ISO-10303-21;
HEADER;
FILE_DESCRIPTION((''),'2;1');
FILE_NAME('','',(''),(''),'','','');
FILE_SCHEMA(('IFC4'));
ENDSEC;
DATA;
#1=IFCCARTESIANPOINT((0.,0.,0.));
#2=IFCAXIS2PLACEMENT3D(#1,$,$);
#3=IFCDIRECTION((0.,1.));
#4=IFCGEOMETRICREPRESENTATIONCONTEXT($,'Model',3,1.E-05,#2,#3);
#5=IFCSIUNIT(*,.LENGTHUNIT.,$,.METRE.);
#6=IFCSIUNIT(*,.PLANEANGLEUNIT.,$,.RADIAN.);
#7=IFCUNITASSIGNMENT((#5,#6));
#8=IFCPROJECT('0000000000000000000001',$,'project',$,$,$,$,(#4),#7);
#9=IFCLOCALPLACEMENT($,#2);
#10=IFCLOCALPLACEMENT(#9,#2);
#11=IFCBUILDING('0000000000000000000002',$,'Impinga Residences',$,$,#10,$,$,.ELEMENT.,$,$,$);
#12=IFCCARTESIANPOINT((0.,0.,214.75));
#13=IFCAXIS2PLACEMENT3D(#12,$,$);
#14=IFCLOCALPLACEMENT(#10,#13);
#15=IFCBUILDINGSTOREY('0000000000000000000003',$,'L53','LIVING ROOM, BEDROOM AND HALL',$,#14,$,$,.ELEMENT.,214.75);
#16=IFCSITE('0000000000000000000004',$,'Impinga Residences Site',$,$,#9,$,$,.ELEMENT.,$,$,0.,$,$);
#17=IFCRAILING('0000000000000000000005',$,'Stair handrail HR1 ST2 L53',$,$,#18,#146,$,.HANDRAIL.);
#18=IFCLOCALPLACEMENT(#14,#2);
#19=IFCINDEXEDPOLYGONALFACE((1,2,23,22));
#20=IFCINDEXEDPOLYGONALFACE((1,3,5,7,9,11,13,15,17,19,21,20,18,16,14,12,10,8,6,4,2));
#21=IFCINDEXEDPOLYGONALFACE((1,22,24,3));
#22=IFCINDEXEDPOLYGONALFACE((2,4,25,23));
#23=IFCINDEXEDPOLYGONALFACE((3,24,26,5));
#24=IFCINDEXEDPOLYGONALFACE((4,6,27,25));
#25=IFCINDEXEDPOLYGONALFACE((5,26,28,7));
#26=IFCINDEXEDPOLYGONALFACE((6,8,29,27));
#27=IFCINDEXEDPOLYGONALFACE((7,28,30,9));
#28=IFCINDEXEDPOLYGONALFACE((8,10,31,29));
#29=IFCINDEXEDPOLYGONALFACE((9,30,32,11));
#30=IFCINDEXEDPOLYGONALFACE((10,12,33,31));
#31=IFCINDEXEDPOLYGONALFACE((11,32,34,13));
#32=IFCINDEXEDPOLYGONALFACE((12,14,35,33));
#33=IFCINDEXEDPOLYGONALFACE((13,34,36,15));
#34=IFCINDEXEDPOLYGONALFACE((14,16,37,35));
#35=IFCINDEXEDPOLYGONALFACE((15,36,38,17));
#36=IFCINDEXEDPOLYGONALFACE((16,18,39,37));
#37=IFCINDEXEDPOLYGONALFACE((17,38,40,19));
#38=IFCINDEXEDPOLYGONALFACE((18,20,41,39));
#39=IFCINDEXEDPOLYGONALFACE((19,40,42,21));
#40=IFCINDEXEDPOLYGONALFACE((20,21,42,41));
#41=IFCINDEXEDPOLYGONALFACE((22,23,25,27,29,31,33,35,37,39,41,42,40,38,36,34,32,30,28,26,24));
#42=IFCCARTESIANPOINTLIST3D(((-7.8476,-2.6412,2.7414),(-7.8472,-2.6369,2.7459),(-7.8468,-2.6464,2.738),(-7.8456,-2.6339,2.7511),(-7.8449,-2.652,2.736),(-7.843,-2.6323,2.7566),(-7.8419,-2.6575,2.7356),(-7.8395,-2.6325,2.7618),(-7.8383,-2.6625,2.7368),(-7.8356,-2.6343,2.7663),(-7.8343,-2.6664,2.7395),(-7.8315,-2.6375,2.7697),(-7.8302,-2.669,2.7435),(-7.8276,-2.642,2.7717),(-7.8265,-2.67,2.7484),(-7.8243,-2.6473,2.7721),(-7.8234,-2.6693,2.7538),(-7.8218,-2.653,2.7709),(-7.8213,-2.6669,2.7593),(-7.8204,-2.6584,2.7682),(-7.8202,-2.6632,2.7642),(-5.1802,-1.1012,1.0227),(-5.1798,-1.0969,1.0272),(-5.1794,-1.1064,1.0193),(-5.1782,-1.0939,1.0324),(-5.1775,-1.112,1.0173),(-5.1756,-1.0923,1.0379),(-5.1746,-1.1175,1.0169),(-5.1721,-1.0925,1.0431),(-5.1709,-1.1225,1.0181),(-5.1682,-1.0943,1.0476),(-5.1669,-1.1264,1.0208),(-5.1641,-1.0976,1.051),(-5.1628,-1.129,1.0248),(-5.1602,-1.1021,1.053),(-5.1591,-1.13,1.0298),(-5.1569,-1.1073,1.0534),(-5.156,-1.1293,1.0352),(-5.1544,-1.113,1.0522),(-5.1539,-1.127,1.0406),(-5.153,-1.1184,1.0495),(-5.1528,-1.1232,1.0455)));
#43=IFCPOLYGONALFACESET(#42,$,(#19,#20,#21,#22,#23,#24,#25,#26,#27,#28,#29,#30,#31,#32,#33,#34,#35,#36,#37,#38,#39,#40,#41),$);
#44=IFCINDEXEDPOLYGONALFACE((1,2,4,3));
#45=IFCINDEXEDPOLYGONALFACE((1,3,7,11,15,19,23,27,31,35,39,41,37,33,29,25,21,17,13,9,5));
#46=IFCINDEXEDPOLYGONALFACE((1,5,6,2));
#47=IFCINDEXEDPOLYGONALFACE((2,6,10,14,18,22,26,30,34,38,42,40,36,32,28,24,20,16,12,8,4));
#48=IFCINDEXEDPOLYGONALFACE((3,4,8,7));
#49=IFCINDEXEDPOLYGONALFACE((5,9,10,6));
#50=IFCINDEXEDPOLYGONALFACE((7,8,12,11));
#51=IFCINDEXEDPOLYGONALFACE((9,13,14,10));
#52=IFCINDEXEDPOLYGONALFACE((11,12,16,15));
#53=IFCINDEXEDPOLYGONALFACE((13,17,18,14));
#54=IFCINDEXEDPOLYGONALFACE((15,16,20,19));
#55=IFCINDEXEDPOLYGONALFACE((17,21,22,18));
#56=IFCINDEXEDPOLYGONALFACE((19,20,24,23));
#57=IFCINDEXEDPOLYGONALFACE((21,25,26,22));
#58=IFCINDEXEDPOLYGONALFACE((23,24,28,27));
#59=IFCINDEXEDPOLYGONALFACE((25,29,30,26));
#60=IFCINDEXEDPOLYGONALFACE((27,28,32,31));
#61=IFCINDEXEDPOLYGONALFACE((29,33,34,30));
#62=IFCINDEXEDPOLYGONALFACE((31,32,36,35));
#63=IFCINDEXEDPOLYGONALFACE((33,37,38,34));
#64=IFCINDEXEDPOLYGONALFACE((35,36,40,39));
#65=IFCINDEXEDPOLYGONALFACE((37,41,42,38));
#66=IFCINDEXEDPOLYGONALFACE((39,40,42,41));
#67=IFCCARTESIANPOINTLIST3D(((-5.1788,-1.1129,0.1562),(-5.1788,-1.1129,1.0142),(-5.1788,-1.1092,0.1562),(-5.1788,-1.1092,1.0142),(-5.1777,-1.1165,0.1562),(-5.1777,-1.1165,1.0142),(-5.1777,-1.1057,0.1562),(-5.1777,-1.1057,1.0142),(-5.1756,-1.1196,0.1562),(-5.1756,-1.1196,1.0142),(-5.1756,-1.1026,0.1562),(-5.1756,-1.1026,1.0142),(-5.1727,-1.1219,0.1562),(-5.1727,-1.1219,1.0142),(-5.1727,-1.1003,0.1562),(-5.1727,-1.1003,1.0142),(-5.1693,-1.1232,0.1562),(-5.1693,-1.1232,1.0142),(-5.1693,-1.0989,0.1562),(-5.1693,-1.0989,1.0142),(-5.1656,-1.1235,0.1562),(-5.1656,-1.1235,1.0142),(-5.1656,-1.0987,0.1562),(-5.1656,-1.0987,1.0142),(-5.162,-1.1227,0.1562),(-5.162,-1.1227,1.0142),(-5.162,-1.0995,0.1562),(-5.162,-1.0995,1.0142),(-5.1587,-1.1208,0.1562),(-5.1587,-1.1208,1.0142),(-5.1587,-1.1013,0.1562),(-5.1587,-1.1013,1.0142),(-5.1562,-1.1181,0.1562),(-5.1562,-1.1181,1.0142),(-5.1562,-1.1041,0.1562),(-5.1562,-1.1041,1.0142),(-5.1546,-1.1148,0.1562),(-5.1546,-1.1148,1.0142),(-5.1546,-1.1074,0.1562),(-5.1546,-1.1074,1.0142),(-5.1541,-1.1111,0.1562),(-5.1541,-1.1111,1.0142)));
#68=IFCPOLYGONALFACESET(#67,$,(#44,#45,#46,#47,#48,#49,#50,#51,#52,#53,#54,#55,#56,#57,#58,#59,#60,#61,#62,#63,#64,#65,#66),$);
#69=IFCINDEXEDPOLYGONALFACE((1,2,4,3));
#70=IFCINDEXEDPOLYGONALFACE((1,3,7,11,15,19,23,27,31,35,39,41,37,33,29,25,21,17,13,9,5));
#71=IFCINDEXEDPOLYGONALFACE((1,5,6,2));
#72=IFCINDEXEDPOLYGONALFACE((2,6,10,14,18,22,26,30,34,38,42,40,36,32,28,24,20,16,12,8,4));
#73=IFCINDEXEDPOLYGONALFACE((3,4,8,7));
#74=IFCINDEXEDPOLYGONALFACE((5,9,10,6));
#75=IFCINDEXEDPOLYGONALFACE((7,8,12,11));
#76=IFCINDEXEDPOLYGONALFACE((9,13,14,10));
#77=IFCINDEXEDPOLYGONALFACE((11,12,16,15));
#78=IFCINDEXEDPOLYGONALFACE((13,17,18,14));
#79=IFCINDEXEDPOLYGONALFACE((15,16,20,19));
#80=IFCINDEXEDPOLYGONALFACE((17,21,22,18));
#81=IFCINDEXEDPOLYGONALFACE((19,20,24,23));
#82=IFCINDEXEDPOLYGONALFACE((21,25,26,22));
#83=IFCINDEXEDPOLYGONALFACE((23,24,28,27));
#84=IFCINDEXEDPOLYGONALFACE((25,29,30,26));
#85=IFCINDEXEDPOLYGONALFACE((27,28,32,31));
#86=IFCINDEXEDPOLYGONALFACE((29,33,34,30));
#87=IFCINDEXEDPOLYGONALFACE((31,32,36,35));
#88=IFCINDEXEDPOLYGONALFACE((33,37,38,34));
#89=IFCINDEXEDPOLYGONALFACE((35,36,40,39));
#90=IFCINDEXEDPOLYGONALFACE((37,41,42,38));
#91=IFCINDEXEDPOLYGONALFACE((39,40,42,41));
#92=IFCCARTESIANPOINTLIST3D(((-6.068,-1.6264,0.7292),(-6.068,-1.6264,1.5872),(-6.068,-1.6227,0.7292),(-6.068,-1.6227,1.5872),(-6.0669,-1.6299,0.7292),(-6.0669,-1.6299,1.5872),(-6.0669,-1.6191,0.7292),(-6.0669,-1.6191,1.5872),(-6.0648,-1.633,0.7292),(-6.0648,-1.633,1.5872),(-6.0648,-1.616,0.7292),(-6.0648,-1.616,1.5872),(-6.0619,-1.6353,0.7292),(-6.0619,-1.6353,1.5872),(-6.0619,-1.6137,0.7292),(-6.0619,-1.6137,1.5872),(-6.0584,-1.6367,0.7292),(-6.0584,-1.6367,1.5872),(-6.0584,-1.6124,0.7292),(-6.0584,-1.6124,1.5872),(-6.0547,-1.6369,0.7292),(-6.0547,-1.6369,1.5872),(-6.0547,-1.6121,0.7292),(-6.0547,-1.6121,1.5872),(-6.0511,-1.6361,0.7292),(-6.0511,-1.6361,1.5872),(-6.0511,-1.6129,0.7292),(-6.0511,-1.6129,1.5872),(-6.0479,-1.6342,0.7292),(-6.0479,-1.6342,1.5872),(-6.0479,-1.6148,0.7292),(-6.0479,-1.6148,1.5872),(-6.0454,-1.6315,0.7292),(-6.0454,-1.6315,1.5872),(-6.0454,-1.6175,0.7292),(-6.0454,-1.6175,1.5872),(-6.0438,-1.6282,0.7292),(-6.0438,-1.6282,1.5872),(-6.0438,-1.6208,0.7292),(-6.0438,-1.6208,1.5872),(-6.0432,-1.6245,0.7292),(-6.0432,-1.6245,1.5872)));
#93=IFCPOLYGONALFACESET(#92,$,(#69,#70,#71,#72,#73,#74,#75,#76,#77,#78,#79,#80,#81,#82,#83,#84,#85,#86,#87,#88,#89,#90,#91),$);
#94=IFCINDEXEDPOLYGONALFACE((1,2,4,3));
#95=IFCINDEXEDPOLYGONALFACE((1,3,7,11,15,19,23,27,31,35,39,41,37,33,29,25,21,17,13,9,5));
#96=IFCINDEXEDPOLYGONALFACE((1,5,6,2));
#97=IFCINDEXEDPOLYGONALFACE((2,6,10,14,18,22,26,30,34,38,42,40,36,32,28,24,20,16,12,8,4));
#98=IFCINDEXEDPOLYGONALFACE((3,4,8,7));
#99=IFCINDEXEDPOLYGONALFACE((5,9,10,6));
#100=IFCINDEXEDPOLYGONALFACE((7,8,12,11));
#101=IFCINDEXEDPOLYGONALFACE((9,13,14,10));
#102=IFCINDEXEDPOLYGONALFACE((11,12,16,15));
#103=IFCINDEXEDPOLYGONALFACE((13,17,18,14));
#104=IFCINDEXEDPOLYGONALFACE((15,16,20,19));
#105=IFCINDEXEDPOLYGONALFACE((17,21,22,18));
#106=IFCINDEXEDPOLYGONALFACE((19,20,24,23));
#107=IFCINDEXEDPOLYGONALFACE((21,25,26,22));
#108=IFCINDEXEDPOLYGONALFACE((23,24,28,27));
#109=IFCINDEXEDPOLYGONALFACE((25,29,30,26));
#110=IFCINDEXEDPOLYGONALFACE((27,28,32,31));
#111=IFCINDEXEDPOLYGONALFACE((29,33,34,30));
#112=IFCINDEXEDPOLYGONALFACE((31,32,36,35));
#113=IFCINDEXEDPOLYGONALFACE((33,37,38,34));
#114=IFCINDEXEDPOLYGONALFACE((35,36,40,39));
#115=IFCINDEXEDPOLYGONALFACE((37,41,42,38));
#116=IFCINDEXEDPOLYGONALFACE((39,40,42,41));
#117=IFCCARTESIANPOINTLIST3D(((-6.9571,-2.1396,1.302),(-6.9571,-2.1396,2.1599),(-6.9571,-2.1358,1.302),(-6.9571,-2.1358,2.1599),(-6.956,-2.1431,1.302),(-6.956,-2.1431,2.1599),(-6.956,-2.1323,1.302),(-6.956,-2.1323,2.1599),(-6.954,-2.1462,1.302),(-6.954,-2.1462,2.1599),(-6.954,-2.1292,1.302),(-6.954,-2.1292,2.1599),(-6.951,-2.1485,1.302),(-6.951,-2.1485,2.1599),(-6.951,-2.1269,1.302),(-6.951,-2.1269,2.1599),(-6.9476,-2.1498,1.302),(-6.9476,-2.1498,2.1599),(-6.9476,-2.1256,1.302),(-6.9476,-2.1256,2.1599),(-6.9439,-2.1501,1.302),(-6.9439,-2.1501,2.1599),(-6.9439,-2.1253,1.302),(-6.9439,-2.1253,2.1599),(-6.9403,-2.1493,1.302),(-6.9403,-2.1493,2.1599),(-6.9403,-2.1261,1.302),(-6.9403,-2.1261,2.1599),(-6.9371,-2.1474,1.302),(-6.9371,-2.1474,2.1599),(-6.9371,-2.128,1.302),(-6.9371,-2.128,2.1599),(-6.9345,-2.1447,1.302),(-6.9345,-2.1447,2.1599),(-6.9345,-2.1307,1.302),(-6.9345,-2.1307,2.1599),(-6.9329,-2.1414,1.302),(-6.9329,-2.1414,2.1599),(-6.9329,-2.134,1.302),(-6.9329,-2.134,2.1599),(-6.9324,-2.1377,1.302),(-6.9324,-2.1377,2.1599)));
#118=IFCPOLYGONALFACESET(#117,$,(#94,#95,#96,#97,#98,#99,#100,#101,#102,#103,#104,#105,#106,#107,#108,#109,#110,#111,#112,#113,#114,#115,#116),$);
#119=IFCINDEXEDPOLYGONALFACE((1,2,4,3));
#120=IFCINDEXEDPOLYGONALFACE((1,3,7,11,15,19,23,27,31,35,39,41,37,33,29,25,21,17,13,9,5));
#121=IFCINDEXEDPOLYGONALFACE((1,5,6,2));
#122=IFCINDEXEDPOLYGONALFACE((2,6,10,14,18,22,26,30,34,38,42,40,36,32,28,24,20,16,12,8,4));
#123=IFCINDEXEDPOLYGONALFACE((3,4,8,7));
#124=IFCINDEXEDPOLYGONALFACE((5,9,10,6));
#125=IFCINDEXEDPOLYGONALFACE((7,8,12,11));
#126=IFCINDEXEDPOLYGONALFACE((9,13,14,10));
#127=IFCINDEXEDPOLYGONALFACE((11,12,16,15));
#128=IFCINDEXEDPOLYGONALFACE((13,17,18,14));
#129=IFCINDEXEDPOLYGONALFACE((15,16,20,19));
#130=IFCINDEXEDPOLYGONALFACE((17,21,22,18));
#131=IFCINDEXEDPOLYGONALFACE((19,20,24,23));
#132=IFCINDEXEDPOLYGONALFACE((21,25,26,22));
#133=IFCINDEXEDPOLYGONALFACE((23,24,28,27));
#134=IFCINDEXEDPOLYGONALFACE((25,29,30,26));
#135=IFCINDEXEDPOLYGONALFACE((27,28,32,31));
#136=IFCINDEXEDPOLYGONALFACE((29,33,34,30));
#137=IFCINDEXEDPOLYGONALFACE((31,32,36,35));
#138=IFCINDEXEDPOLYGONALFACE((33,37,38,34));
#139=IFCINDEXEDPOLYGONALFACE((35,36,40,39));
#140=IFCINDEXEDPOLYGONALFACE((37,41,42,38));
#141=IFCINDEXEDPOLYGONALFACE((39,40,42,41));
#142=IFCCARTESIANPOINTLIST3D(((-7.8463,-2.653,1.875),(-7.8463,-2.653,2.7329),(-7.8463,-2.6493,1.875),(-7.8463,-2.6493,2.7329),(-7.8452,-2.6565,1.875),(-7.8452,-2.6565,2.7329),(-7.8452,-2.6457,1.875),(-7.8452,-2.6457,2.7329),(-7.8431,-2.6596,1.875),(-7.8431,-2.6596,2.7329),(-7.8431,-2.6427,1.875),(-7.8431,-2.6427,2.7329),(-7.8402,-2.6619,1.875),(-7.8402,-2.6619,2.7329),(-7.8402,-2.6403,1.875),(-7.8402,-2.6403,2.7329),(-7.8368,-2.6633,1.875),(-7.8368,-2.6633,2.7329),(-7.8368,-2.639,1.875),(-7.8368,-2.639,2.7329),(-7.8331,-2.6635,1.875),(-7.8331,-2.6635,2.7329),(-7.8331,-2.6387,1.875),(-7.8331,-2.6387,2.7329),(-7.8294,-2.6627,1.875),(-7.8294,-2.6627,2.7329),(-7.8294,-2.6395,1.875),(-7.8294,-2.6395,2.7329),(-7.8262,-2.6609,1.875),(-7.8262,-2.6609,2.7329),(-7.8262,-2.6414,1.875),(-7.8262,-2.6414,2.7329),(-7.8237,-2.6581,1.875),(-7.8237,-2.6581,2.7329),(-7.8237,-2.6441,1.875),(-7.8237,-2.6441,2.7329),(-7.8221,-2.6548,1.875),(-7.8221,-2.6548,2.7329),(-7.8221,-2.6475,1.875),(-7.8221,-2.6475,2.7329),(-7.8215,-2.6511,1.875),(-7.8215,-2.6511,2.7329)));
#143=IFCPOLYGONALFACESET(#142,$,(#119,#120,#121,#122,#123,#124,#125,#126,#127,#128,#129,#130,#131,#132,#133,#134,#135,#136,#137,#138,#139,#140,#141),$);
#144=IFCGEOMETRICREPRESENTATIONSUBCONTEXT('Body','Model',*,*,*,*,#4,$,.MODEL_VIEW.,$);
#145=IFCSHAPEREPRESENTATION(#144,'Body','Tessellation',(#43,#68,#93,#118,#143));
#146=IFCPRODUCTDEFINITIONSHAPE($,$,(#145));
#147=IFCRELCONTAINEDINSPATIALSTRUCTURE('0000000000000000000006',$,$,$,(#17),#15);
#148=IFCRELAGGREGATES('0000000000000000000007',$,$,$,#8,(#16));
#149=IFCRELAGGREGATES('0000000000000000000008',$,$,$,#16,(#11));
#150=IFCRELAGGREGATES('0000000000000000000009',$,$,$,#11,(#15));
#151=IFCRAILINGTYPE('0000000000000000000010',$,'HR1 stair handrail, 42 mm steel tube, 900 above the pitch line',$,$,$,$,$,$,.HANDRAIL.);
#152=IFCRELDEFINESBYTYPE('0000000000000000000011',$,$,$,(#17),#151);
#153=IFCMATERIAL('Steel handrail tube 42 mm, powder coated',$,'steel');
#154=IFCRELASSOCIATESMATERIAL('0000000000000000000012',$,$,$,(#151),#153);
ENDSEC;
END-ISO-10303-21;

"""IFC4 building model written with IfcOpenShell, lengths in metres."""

from ifc_helpers import new_model, si_unit, direction, frame, origin, origin_2d, place, context, subcontext, project, spatial, circle, extrude, material, type_object, element, save


model = new_model("IFC4")

# Units and contexts
model_context = context("Model", 3, precision=1e-05, world=origin(), true_north=direction((0.0, 1.0)))
body_context = subcontext(model_context, "Body", "Model", "MODEL_VIEW")
ifc_project = project(units=[si_unit("LENGTHUNIT", "METRE"), si_unit("PLANEANGLEUNIT", "RADIAN")], contexts=[model_context])

# Site, building, storey
site_placement = place(None, origin())
site = spatial("IfcSite", under=ifc_project, at=site_placement, Name="Impinga Residences Site", CompositionType="ELEMENT", RefElevation=0.0)
building_placement = place(site_placement, origin())
building = spatial("IfcBuilding", under=site, at=building_placement, Name="Impinga Residences", CompositionType="ELEMENT")
storey_placement = place(building_placement, frame((0.0, 0.0, 214.75)))
storey = spatial("IfcBuildingStorey", under=building, at=storey_placement, Name="L53", Description="LIVING ROOM, BEDROOM AND HALL", CompositionType="ELEMENT", Elevation=214.75)

# Railing
ifc_material_1 = material(Name="Steel handrail tube 42 mm, powder coated", Category="steel")
railing_type_1 = type_object("IfcRailingType", Name="HR1 stair handrail, 42 mm steel tube, 900 above the pitch line", PredefinedType="HANDRAIL", material=ifc_material_1)
railing_1_placement = place(storey_placement, frame((-5.1665, -1.1111, 0.1562)))
element("IfcRailing", 1, at=railing_1_placement, inside=storey, type_object=railing_type_1, Name="Stair handrail HR1 ST2 L53", PredefinedType="HANDRAIL", context=body_context, shape_type="SweptSolid", body=[
    extrude(circle(Radius=0.021, at=origin_2d()), frame((0.0, 0.0, 0.8789), z_axis=(-0.756256, -0.436616, 0.487282), x_axis=(0.499992, -0.86603, 0.0)), (0.0, 0.0, 1.0), 3.5271),
    extrude(circle(Radius=0.0125, at=origin_2d()), origin(), (0.0, 0.0, 1.0), 0.8579),
    extrude(circle(Radius=0.0125, at=origin_2d()), frame((-0.8892, -0.5134, 0.573)), (0.0, 0.0, 1.0), 0.8579),
    extrude(circle(Radius=0.0125, at=origin_2d()), frame((-1.7783, -1.0266, 1.1458)), (0.0, 0.0, 1.0), 0.8579),
    extrude(circle(Radius=0.0125, at=origin_2d()), frame((-2.6675, -1.54, 1.7188)), (0.0, 0.0, 1.0), 0.8579),
])

save(model, "model.ifc")
